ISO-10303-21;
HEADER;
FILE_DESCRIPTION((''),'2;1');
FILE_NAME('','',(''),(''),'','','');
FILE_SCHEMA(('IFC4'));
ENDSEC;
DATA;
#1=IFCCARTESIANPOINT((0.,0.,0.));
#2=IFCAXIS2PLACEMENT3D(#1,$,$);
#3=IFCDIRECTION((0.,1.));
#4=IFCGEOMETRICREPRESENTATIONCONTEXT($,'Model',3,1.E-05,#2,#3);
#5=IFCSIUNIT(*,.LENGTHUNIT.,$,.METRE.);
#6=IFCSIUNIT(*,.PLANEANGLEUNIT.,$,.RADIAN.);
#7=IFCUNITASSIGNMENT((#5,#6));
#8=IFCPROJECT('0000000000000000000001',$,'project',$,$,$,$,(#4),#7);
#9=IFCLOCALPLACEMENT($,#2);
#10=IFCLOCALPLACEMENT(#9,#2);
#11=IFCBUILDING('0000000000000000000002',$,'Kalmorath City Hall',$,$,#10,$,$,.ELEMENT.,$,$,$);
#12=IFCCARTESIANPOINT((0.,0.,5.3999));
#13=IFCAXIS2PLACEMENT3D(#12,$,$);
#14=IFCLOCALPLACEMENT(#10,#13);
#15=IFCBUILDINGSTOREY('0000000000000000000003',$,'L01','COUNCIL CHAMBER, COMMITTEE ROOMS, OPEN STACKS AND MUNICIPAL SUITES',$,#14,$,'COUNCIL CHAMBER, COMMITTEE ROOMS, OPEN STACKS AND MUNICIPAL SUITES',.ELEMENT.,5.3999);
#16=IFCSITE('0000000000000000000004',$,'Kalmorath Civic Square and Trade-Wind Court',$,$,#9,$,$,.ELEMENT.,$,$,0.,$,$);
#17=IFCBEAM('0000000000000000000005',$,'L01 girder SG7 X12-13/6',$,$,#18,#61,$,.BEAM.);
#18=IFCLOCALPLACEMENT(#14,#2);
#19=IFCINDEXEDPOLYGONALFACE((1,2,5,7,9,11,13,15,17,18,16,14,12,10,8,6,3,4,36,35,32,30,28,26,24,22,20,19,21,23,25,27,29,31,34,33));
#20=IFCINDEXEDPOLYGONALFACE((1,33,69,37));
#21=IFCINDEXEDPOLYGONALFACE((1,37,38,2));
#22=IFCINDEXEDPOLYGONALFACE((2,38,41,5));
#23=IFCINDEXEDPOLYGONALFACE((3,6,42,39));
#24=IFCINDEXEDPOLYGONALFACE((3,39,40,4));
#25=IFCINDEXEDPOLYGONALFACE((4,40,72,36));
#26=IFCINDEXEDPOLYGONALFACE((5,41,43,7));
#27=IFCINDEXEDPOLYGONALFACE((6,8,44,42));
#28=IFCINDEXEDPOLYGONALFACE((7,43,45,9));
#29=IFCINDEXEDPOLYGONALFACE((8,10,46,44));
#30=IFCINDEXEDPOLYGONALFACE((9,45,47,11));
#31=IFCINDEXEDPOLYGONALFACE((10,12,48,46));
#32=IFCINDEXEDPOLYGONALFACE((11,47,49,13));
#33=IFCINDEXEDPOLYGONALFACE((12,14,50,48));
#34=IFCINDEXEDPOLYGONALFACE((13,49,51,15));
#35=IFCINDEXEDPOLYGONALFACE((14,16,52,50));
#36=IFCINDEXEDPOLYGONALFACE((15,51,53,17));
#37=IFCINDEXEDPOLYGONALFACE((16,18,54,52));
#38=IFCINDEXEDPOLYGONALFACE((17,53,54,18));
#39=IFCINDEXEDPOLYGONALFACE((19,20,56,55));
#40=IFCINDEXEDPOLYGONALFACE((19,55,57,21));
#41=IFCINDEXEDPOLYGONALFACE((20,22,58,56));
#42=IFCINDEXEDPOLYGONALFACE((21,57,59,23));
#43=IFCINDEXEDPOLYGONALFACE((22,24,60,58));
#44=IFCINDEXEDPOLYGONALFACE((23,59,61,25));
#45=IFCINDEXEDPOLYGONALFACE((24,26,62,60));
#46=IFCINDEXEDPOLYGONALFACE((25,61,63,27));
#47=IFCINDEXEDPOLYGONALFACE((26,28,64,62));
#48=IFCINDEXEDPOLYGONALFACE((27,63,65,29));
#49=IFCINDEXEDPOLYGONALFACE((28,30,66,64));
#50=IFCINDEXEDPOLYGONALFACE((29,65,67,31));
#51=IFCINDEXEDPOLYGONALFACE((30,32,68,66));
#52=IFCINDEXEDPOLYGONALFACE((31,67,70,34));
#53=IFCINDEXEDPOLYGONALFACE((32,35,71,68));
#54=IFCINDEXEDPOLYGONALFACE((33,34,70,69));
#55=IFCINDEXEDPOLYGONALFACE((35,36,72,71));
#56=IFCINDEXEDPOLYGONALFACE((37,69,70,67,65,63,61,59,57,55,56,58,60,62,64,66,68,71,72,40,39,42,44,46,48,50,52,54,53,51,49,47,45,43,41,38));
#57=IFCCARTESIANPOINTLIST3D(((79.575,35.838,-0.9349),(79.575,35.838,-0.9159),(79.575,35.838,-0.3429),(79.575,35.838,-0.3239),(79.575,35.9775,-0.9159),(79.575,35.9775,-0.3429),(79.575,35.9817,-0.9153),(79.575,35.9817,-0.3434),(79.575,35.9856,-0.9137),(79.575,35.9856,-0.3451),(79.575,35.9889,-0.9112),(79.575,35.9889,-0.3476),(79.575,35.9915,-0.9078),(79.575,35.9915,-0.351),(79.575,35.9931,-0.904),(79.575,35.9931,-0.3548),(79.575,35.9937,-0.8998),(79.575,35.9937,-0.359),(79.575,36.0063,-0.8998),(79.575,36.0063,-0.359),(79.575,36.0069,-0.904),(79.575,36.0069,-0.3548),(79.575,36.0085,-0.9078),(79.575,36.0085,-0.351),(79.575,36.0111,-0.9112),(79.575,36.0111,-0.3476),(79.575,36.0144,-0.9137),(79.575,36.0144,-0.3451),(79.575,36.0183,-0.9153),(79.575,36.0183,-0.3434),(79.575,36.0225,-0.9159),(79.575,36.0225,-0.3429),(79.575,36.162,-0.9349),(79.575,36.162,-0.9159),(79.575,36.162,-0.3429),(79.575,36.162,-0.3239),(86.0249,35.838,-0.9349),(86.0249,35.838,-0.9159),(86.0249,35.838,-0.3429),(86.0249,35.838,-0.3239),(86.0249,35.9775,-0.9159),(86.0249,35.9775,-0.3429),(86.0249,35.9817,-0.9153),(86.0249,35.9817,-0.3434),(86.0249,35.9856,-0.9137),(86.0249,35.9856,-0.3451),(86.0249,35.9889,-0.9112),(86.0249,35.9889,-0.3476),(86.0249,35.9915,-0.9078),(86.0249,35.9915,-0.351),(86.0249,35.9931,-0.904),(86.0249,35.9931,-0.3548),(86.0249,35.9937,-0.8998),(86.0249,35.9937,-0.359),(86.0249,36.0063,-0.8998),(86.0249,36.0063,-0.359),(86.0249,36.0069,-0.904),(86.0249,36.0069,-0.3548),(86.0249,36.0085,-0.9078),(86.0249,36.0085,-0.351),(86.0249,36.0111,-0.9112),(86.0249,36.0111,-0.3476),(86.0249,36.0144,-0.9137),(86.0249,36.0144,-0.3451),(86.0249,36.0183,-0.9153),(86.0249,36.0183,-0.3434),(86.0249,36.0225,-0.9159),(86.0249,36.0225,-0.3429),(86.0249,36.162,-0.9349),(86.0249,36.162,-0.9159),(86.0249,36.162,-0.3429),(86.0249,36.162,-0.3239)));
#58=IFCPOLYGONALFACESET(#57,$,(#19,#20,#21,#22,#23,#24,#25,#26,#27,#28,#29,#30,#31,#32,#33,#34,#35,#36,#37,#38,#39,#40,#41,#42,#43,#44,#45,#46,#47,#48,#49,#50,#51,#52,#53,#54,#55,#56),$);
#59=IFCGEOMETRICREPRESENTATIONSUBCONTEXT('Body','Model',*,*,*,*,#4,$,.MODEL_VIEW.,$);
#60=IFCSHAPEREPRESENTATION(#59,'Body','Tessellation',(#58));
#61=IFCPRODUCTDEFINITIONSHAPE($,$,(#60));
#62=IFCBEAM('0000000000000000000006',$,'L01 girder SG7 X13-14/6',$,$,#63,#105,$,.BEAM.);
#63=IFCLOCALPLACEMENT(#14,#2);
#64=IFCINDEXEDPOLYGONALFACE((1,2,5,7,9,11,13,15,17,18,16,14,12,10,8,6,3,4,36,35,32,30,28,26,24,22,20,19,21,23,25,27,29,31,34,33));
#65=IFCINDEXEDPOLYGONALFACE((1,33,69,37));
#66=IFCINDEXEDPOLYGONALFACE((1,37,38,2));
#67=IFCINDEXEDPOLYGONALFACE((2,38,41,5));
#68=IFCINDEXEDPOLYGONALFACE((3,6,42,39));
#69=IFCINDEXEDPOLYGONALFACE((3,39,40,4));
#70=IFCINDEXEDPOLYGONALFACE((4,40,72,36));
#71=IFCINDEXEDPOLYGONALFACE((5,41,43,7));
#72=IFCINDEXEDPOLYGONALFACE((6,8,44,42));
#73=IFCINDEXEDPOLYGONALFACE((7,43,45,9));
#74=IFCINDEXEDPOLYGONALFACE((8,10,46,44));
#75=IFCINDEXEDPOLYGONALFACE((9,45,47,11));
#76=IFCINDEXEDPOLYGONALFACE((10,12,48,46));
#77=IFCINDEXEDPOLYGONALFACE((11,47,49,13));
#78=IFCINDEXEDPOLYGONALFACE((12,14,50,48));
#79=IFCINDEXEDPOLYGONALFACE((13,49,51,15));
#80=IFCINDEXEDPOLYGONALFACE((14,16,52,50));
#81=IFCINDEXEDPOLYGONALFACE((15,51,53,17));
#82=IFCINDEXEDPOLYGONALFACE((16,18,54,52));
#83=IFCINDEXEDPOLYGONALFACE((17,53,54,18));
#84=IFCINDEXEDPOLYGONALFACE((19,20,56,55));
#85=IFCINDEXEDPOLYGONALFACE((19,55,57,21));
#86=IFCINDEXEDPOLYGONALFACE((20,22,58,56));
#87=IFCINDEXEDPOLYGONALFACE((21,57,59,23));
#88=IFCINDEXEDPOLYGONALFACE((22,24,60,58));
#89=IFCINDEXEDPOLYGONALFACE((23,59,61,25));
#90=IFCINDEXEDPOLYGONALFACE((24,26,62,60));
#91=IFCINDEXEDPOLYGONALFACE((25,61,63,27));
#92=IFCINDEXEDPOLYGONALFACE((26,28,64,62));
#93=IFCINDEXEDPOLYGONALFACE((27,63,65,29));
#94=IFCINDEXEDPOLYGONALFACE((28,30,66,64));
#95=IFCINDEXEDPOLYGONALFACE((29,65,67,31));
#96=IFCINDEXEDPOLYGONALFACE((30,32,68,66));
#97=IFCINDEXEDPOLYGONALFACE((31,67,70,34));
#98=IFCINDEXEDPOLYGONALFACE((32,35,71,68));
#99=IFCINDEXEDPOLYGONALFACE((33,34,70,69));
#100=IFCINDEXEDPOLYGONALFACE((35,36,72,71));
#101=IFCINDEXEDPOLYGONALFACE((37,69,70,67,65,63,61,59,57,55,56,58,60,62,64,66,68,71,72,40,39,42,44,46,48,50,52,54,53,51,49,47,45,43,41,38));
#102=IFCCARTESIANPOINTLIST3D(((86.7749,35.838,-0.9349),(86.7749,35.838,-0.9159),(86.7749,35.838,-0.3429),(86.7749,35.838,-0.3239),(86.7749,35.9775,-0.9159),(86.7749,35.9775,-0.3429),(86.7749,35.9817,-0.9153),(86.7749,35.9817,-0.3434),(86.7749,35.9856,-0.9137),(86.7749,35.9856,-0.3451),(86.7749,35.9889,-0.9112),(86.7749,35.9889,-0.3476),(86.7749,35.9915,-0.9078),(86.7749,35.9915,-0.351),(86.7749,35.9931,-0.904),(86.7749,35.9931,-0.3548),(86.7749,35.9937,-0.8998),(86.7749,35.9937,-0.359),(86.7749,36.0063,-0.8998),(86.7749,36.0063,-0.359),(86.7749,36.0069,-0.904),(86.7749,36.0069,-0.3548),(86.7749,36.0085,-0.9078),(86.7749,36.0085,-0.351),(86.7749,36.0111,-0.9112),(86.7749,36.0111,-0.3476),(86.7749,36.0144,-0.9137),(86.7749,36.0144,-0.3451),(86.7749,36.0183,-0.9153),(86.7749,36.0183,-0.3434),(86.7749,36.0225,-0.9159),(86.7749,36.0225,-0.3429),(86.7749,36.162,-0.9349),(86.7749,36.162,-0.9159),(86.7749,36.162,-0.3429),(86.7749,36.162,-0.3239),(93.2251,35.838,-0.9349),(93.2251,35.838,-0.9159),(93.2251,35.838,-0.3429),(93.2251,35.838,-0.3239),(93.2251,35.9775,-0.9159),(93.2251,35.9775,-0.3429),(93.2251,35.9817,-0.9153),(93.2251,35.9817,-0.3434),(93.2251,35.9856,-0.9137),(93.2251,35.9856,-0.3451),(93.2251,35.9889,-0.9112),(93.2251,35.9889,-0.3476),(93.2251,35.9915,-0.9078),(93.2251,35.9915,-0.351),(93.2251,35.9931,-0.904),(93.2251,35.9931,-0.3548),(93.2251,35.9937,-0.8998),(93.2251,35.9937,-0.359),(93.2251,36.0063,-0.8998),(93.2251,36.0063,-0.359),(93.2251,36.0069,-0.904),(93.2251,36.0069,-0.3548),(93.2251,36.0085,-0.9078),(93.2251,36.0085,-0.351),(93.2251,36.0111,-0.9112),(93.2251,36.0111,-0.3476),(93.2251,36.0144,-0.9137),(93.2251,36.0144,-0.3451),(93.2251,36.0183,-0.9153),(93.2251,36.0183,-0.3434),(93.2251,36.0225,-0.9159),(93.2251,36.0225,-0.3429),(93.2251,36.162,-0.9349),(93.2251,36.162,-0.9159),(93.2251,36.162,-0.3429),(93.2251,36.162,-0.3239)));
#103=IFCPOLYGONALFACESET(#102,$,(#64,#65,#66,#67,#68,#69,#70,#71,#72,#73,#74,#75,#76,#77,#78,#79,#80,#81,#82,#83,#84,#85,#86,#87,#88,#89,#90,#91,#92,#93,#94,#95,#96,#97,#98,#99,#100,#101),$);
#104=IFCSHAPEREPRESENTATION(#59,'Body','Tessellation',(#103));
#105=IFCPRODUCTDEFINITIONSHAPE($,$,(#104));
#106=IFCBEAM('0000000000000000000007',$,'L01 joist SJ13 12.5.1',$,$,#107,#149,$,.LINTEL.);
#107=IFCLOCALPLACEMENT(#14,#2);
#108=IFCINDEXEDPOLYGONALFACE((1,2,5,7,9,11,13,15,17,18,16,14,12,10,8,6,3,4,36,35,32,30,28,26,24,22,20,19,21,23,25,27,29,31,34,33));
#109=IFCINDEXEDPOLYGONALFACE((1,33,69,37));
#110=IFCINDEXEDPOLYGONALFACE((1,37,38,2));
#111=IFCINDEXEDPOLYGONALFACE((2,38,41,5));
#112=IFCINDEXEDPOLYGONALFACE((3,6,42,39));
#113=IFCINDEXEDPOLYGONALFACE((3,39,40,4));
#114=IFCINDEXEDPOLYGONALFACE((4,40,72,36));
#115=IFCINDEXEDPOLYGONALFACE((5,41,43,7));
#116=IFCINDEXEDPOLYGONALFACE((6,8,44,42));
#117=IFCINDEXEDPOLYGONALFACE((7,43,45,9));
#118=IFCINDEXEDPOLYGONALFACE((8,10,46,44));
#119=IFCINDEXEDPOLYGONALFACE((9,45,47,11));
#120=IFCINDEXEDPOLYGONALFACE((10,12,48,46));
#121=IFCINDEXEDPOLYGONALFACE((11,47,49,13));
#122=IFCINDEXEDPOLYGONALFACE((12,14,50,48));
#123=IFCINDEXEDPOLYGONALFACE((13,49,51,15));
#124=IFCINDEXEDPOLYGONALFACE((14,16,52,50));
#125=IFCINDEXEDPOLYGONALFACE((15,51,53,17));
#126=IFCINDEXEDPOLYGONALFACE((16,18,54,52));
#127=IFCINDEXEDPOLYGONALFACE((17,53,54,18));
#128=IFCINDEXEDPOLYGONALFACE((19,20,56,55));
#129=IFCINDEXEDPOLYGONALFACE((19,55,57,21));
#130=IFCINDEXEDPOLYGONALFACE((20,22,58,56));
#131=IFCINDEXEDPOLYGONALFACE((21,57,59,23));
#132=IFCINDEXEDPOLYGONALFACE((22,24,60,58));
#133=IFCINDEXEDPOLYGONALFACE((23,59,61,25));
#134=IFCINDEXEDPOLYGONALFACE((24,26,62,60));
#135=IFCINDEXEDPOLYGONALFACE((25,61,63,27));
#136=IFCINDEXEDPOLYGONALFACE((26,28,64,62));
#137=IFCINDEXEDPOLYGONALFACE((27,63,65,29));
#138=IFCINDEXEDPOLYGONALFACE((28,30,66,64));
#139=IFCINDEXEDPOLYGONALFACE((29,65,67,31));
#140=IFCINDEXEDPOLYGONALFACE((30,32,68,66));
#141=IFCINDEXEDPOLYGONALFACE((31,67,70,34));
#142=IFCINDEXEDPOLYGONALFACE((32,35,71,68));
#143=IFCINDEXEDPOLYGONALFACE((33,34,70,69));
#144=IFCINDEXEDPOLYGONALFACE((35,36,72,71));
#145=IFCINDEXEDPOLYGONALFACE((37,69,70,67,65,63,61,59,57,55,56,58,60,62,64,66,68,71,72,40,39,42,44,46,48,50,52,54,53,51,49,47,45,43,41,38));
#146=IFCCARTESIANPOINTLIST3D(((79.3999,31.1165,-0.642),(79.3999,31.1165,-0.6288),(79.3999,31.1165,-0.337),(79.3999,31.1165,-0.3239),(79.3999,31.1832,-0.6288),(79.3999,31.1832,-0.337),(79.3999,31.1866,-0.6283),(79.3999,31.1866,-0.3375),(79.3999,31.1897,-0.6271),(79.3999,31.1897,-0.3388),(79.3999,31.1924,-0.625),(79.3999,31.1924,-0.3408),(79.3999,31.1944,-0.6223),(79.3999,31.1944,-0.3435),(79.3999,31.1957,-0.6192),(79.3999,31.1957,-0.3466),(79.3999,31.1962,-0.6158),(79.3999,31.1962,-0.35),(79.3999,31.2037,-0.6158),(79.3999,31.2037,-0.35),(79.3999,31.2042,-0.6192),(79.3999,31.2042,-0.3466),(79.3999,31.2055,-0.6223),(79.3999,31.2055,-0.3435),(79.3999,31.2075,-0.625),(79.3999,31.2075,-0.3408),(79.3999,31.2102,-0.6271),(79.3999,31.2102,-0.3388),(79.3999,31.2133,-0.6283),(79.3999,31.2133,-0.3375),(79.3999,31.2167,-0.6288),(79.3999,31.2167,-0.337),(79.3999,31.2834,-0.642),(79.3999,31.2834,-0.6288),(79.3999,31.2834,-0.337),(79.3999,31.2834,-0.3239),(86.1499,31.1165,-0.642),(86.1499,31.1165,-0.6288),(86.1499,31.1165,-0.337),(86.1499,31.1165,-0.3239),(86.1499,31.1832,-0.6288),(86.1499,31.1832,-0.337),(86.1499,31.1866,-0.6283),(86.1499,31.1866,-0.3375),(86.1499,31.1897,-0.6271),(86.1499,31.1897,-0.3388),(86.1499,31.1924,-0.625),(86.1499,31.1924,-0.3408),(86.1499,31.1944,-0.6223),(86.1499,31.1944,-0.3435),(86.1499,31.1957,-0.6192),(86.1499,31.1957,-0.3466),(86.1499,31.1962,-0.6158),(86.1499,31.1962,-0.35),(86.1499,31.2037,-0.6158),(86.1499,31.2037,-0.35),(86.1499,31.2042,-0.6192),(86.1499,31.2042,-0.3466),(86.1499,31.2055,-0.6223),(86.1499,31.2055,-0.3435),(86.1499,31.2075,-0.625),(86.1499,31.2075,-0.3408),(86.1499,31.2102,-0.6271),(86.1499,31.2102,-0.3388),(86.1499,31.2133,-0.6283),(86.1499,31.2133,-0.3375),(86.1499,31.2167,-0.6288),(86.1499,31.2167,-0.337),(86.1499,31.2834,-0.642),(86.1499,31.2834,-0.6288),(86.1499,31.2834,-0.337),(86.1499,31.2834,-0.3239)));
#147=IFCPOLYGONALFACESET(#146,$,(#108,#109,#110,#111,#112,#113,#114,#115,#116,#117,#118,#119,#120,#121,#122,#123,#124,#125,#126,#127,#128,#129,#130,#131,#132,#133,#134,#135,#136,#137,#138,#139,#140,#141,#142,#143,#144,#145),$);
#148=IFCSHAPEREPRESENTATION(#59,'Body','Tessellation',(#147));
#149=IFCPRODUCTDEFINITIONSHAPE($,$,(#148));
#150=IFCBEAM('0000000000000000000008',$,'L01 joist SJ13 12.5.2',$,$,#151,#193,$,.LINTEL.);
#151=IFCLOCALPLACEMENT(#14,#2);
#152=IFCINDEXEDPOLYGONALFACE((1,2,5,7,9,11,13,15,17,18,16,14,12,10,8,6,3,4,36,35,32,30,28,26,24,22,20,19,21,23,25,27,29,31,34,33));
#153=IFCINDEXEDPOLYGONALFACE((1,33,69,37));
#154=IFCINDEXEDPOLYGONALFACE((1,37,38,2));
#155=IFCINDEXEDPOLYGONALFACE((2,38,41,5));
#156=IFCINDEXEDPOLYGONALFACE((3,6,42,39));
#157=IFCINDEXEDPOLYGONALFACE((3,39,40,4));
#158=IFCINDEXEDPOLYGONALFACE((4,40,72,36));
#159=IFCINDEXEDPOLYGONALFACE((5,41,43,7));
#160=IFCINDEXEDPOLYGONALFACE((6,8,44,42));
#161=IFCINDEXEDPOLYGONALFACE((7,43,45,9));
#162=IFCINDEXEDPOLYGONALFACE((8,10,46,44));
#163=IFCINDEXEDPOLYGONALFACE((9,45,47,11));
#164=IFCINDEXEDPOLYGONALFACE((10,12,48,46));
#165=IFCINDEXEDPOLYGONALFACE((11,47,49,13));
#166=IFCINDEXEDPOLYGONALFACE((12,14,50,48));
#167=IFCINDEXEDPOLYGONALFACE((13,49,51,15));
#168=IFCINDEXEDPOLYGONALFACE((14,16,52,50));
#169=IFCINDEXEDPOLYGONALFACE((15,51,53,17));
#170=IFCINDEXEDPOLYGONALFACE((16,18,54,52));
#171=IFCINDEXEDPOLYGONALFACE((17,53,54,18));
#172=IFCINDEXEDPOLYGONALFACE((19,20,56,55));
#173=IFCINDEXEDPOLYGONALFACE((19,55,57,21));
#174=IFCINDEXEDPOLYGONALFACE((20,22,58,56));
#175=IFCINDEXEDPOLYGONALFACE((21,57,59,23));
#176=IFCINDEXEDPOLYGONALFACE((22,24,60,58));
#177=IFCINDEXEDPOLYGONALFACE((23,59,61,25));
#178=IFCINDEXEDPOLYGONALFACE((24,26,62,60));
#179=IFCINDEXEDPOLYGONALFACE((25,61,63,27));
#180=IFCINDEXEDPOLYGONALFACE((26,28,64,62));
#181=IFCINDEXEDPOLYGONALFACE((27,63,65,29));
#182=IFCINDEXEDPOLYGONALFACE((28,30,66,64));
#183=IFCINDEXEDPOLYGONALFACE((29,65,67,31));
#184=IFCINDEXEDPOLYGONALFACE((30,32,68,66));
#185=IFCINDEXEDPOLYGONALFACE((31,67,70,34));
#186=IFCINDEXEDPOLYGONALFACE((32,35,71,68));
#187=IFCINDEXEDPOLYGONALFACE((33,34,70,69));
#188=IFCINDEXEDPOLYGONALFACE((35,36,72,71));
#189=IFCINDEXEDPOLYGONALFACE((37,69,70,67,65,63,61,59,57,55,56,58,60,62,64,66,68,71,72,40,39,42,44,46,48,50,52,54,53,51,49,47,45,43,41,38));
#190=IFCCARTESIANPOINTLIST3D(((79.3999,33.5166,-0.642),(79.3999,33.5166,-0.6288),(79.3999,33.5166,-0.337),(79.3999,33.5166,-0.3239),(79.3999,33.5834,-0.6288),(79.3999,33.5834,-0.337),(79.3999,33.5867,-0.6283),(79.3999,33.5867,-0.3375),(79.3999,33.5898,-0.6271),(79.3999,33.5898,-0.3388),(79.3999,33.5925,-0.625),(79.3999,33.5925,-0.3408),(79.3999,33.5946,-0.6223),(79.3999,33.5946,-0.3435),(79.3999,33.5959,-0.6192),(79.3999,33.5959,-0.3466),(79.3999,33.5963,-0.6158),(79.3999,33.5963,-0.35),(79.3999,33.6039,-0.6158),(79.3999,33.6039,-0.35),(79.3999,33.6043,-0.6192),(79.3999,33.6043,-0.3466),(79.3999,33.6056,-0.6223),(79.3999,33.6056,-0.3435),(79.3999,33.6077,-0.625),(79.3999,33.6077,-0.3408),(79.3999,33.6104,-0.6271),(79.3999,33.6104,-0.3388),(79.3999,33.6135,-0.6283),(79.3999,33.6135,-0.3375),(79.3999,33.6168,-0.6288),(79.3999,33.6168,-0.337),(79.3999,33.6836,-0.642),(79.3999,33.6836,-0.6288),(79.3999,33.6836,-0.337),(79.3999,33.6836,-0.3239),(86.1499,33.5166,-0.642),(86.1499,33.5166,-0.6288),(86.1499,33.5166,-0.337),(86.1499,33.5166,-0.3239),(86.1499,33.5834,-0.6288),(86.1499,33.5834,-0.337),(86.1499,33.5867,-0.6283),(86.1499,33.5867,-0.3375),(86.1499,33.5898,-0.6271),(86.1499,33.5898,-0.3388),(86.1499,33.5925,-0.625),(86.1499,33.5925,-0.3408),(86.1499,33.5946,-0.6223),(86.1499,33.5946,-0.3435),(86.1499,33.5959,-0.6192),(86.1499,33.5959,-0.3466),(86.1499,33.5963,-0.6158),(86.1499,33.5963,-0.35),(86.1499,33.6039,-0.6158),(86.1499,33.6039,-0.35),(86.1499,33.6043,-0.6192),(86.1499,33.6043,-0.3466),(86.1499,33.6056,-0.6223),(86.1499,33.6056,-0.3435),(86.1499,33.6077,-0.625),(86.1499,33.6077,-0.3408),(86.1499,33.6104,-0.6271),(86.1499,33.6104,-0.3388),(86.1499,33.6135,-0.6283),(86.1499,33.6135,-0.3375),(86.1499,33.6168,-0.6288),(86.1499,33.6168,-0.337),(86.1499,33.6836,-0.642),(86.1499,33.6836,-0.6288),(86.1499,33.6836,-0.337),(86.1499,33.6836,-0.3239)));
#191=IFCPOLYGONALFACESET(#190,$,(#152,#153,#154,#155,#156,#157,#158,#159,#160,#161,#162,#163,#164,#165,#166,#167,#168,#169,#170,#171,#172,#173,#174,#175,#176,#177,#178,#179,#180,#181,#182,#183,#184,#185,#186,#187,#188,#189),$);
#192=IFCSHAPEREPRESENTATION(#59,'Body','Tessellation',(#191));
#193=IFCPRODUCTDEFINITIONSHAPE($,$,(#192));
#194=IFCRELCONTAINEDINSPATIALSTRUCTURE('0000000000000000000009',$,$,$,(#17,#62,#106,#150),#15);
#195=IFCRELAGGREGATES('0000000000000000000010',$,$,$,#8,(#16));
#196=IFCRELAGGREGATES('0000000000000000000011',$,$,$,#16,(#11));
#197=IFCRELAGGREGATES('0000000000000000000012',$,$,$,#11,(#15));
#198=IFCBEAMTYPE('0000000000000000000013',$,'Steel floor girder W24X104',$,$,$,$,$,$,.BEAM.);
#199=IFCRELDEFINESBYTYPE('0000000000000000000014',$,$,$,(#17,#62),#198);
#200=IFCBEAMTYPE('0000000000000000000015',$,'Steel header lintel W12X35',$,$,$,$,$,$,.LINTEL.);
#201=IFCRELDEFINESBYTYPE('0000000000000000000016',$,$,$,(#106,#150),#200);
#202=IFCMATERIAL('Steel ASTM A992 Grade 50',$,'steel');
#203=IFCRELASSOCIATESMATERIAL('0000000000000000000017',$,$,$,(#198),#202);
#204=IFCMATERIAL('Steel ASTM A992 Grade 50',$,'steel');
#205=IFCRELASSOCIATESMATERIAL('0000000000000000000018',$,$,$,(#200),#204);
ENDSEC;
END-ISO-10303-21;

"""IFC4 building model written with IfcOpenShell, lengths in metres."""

from ifc_helpers import new_model, si_unit, direction, frame, origin, origin_2d, place, context, subcontext, project, spatial, i_section, extrude, material, material_profile, profile_set, type_object, element, save


model = new_model("IFC4")

# Units and contexts
model_context = context("Model", 3, precision=1e-05, world=origin(), true_north=direction((0.0, 1.0)))
body_context = subcontext(model_context, "Body", "Model", "MODEL_VIEW")
ifc_project = project(units=[si_unit("LENGTHUNIT", "METRE"), si_unit("PLANEANGLEUNIT", "RADIAN")], contexts=[model_context])

# Site, building, storey
site_placement = place(None, origin())
site = spatial("IfcSite", under=ifc_project, at=site_placement, Name="Kalmorath Civic Square and Trade-Wind Court", CompositionType="ELEMENT", RefElevation=0.0)
building_placement = place(site_placement, origin())
building = spatial("IfcBuilding", under=site, at=building_placement, Name="Kalmorath City Hall", CompositionType="ELEMENT")
storey_placement = place(building_placement, frame((0.0, 0.0, 5.3999)))
storey = spatial("IfcBuildingStorey", under=building, at=storey_placement, Name="L01", Description="COUNCIL CHAMBER, COMMITTEE ROOMS, OPEN STACKS AND MUNICIPAL SUITES", LongName="COUNCIL CHAMBER, COMMITTEE ROOMS, OPEN STACKS AND MUNICIPAL SUITES", CompositionType="ELEMENT", Elevation=5.3999)

# Beams
ifc_material_1 = material(Name="Steel ASTM A992 Grade 50", Category="steel")
ifc_material_profile_1 = material_profile(ifc_material_1, i_section(OverallWidth=0.324, OverallDepth=0.6111, WebThickness=0.0127, FlangeThickness=0.019, FilletRadius=0.0161, at=origin_2d()), Name="W24X104")
ifc_profile_set_1 = profile_set([ifc_material_profile_1], Name="Steel ASTM A992 Grade 50")
beam_type_1 = type_object("IfcBeamType", Name="Steel floor girder W24X104", PredefinedType="BEAM", material=ifc_profile_set_1)
beam_1_placement = place(storey_placement, frame((79.575, 36.0, -0.6294), z_axis=(1.0, 0.0, 0.0), x_axis=(0.0, 1.0, 0.0)))
element("IfcBeam", 1, at=beam_1_placement, inside=storey, type_object=beam_type_1, Name="L01 girder SG7 X12-13/6", PredefinedType="BEAM", context=body_context, shape_type="SweptSolid", body=[
    extrude(i_section(OverallWidth=0.324, OverallDepth=0.6111, WebThickness=0.0127, FlangeThickness=0.019, FilletRadius=0.0161, at=origin_2d()), origin(), (0.0, 0.0, 1.0), 6.45),
])
beam_2_placement = place(storey_placement, frame((86.7749, 36.0, -0.6294), z_axis=(1.0, 0.0, 0.0), x_axis=(0.0, 1.0, 0.0)))
element("IfcBeam", 2, at=beam_2_placement, inside=storey, type_object=beam_type_1, Name="L01 girder SG7 X13-14/6", PredefinedType="BEAM", context=body_context, shape_type="SweptSolid", body=[
    extrude(i_section(OverallWidth=0.324, OverallDepth=0.6111, WebThickness=0.0127, FlangeThickness=0.019, FilletRadius=0.0161, at=origin_2d()), origin(), (0.0, 0.0, 1.0), 6.4502),
])
ifc_material_2 = material(Name="Steel ASTM A992 Grade 50", Category="steel")
ifc_material_profile_2 = material_profile(ifc_material_2, i_section(OverallWidth=0.167, OverallDepth=0.3181, WebThickness=0.0076, FlangeThickness=0.0132, FilletRadius=0.0129, at=origin_2d()), Name="W12X35")
ifc_profile_set_2 = profile_set([ifc_material_profile_2], Name="Steel ASTM A992 Grade 50")
beam_type_2 = type_object("IfcBeamType", Name="Steel header lintel W12X35", PredefinedType="LINTEL", material=ifc_profile_set_2)
for number, where, z_axis, x_axis, name in (
    (3, (79.3999, 31.2, -0.4829), (1.0, 0.0, 0.0), (0.0, 1.0, 0.0), "L01 joist SJ13 12.5.1"),
    (4, (79.3999, 33.6001, -0.4829), (1.0, 0.0, 0.0), (0.0, 1.0, 0.0), "L01 joist SJ13 12.5.2"),
):
    element("IfcBeam", number, at=place(storey_placement, frame(where, z_axis=z_axis, x_axis=x_axis)), inside=storey, type_object=beam_type_2, Name=name, PredefinedType="LINTEL", context=body_context, shape_type="SweptSolid", body=[
        extrude(i_section(OverallWidth=0.167, OverallDepth=0.3181, WebThickness=0.0076, FlangeThickness=0.0132, FilletRadius=0.0129, at=origin_2d()), origin(), (0.0, 0.0, 1.0), 6.75),
    ])

save(model, "model.ifc")
